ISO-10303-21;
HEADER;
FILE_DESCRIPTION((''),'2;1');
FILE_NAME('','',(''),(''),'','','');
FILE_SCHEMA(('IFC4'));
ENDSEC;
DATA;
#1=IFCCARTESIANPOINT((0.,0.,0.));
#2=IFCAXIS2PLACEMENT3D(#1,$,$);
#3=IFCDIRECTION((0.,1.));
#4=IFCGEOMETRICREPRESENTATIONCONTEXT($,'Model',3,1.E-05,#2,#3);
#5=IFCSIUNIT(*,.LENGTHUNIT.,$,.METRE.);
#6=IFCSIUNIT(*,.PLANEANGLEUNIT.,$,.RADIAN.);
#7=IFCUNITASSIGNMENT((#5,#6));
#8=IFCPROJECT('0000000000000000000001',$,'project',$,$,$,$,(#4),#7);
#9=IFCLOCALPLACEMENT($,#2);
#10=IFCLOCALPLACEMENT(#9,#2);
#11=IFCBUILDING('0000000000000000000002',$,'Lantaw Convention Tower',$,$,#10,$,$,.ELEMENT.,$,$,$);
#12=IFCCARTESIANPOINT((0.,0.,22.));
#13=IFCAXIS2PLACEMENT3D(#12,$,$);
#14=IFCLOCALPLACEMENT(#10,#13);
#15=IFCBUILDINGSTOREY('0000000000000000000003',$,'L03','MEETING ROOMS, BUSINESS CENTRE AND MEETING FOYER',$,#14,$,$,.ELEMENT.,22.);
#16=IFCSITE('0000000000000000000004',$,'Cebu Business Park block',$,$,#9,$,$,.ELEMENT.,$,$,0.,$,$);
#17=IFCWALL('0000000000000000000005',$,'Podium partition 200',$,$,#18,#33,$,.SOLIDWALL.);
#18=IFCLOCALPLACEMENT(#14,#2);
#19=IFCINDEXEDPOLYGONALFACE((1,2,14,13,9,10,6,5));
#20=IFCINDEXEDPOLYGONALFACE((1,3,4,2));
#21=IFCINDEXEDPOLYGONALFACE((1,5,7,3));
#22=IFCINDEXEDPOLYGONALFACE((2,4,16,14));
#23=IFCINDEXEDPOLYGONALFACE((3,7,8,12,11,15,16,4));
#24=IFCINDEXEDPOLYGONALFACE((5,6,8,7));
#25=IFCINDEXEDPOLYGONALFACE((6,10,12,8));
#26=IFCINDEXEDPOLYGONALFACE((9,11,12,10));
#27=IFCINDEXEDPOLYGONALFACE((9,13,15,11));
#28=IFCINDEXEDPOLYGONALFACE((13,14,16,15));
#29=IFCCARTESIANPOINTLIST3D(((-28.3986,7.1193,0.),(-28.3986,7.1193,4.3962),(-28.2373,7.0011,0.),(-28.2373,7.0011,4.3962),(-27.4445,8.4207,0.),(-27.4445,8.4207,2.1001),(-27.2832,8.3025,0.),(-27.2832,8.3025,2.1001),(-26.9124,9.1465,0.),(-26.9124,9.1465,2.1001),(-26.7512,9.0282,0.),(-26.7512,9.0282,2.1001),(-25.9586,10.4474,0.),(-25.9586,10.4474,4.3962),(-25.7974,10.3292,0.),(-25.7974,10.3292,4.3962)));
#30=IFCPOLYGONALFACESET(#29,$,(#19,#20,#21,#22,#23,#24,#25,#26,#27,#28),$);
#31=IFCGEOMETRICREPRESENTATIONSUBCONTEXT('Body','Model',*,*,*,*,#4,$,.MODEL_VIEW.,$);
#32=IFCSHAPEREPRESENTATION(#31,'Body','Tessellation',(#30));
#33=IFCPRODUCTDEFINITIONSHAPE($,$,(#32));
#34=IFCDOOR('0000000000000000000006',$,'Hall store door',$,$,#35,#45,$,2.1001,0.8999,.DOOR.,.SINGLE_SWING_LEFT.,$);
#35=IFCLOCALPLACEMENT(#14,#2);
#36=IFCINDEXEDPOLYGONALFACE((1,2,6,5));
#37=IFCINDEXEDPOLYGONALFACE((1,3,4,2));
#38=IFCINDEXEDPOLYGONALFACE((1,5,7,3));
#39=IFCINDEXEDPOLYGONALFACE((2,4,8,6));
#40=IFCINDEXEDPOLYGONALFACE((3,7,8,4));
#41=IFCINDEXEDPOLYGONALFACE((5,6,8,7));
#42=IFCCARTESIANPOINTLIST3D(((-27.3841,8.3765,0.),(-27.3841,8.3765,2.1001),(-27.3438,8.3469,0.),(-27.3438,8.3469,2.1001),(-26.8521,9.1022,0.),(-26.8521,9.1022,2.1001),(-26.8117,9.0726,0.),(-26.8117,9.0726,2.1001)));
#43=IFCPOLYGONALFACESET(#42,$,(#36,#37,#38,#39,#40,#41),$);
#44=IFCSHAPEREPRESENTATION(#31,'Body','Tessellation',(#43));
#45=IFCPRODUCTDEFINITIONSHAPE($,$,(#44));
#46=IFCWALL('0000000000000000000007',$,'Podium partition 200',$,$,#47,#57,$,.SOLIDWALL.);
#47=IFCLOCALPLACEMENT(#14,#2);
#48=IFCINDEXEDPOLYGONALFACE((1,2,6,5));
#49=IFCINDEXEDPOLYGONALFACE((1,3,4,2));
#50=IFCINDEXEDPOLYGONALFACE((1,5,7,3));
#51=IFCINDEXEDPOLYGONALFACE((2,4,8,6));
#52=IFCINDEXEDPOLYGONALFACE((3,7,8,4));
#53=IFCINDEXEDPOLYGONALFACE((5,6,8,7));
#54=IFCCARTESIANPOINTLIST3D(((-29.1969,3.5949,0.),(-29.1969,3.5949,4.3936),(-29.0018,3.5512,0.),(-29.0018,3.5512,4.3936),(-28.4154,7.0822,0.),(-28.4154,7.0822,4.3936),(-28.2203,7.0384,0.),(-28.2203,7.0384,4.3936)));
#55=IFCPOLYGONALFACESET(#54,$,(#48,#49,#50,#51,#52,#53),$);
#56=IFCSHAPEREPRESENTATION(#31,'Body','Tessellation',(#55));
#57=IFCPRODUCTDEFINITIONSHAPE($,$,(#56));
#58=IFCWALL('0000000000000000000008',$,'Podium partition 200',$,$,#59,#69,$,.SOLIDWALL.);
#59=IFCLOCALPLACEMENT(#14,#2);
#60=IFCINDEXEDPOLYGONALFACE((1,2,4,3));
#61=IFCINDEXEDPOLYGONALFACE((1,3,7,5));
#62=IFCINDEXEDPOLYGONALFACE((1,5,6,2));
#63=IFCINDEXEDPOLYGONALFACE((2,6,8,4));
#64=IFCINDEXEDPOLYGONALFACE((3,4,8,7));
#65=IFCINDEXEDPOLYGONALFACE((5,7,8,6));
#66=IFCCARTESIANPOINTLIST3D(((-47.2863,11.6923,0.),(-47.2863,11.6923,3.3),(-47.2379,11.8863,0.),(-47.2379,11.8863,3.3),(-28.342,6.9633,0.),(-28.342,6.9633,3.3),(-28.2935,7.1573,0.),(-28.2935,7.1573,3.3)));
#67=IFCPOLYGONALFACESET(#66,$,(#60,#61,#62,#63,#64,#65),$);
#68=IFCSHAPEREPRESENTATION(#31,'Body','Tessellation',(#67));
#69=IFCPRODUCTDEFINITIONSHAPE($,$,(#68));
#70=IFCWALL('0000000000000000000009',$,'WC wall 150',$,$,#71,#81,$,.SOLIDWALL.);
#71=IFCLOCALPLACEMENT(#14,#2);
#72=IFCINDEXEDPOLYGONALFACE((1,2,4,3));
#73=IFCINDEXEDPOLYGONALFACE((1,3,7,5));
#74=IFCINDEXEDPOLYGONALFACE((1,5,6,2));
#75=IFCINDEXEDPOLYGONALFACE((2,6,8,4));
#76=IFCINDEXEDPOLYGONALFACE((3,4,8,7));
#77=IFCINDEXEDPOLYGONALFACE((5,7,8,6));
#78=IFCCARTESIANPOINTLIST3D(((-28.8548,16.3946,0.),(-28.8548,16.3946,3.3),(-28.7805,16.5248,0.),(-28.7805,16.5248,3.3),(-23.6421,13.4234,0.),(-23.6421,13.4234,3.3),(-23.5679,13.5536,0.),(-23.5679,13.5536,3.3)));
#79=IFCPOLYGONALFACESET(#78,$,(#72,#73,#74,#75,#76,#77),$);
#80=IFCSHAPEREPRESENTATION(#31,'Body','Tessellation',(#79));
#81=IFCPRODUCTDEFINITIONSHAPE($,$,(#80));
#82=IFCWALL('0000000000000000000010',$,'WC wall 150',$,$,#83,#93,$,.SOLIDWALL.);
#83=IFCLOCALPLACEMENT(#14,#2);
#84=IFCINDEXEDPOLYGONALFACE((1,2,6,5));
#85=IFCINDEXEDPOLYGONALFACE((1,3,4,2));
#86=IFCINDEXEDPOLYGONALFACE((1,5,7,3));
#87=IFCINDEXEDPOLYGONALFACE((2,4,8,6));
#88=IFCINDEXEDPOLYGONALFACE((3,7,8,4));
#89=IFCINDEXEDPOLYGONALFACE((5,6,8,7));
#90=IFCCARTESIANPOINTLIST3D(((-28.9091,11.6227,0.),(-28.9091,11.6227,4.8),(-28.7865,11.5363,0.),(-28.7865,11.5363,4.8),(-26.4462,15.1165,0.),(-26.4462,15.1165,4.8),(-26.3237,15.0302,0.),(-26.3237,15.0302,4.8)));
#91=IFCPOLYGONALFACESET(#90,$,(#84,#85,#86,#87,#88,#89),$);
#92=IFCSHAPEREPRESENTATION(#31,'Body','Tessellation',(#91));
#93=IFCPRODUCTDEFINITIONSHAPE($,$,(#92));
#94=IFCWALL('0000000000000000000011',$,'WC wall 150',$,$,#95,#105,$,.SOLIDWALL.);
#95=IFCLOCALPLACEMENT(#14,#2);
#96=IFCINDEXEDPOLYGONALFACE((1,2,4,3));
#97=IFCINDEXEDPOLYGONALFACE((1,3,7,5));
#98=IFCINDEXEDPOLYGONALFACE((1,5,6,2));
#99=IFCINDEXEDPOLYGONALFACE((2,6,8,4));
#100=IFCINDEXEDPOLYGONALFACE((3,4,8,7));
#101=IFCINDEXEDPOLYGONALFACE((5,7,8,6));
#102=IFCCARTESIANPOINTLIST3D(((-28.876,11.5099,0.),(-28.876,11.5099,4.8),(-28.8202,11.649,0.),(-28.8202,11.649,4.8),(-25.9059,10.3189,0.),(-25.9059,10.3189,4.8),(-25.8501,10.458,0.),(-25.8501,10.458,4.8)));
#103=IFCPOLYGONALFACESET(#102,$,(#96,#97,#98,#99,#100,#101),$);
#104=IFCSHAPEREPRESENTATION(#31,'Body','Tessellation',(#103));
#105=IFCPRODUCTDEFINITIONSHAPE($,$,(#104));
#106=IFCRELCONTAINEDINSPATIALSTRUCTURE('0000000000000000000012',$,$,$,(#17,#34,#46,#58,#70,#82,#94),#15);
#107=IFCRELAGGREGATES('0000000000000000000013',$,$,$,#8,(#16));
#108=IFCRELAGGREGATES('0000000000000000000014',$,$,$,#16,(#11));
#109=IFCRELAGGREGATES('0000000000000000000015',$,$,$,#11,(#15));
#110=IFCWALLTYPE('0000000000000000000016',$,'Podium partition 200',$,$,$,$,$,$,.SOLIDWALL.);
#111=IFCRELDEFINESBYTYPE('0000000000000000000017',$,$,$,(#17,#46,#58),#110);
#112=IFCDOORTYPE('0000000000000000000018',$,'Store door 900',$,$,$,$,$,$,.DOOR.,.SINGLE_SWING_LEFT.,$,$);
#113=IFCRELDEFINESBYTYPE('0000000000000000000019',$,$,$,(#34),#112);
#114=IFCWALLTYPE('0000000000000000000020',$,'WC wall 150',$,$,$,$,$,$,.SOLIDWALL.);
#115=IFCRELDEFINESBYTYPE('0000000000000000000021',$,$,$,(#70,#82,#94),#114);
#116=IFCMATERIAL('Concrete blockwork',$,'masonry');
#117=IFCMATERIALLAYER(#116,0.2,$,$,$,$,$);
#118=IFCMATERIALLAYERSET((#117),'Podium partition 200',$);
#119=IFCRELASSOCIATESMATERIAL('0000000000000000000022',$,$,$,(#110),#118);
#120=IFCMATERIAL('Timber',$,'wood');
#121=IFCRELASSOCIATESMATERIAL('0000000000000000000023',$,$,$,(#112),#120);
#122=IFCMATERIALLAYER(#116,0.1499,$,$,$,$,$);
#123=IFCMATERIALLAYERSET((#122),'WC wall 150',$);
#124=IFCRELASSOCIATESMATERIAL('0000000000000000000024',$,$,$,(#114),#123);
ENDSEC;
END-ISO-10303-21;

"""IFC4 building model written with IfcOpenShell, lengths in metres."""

from ifc_helpers import new_model, si_unit, direction, frame, frame_2d, origin, place, context, subcontext, project, spatial, rectangle, extrude, material, layer, layer_set, type_object, element, fill, save


model = new_model("IFC4")

# Units and contexts
model_context = context("Model", 3, precision=1e-05, world=origin(), true_north=direction((0.0, 1.0)))
body_context = subcontext(model_context, "Body", "Model", "MODEL_VIEW")
ifc_project = project(units=[si_unit("LENGTHUNIT", "METRE"), si_unit("PLANEANGLEUNIT", "RADIAN")], contexts=[model_context])

# Site, building, storey
site_placement = place(None, origin())
site = spatial("IfcSite", under=ifc_project, at=site_placement, Name="Cebu Business Park block", CompositionType="ELEMENT", RefElevation=0.0)
building_placement = place(site_placement, origin())
building = spatial("IfcBuilding", under=site, at=building_placement, Name="Lantaw Convention Tower", CompositionType="ELEMENT")
storey_placement = place(building_placement, frame((0.0, 0.0, 22.0)))
storey = spatial("IfcBuildingStorey", under=building, at=storey_placement, Name="L03", Description="MEETING ROOMS, BUSINESS CENTRE AND MEETING FOYER", CompositionType="ELEMENT", Elevation=22.0)

# Wall, opening, door
ifc_material_1 = material(Name="Concrete blockwork", Category="masonry")
ifc_layer_1 = layer(ifc_material_1, 0.2)
ifc_layer_set_1 = layer_set([ifc_layer_1], Name="Podium partition 200")
wall_type_1 = type_object("IfcWallType", Name="Podium partition 200", PredefinedType="SOLIDWALL", material=ifc_layer_set_1)
ifc_material_2 = material(Name="Timber", Category="wood")
wall_1_placement = place(storey_placement, frame((-25.8779, 10.3884, 0.0), z_axis=(0.0, 0.0, 1.0), x_axis=(-0.591256, -0.806484, 0.0)))
wall_1 = element("IfcWall", 1, at=wall_1_placement, inside=storey, type_object=wall_type_1, Name="Podium partition 200", PredefinedType="SOLIDWALL", context=body_context, shape_type="SweptSolid", body=[
    extrude(rectangle(XDim=4.1267, YDim=0.2, at=frame_2d((2.0635, 0.0))), origin(), (0.0, 0.0, 1.0), 4.3962),
])
opening_1_placement = place(wall_1_placement, frame((1.6133, 0.0, 0.0)))
opening_1 = element("IfcOpeningElement", 2, at=opening_1_placement, cuts=wall_1, PredefinedType="OPENING", context=body_context, shape_type="SweptSolid", body=[
    extrude(rectangle(XDim=0.8999, YDim=2.1001, at=frame_2d((0.45, 1.05))), frame((0.0, 0.1099, 0.0), z_axis=(0.0, -1.0, 0.0), x_axis=(1.0, 0.0, 0.0)), (0.0, 0.0, 1.0), 0.22),
])
door_type_1 = type_object("IfcDoorType", Name="Store door 900", OperationType="SINGLE_SWING_LEFT", PredefinedType="DOOR", material=ifc_material_2)
door_1_placement = place(opening_1_placement, origin())
door_1 = element("IfcDoor", 3, at=door_1_placement, inside=storey, type_object=door_type_1, Name="Hall store door", OperationType="SINGLE_SWING_LEFT", OverallHeight=2.1001, OverallWidth=0.8999, PredefinedType="DOOR", context=body_context, shape_type="SweptSolid", body=[
    extrude(rectangle(XDim=0.8999, YDim=2.1001, at=frame_2d((0.45, 1.05))), frame((0.0, 0.0249, 0.0), z_axis=(0.0, -1.0, 0.0), x_axis=(1.0, 0.0, 0.0)), (0.0, 0.0, 1.0), 0.05),
])
fill(opening_1, door_1)

# Walls
wall_2_placement = place(storey_placement, frame((-28.3179, 7.0603, 0.0), z_axis=(0.0, 0.0, 1.0), x_axis=(-0.218673, -0.975798, 0.0)))
element("IfcWall", 4, at=wall_2_placement, inside=storey, type_object=wall_type_1, Name="Podium partition 200", PredefinedType="SOLIDWALL", context=body_context, shape_type="SweptSolid", body=[
    extrude(rectangle(XDim=3.5737, YDim=0.2, at=frame_2d((1.7869, 0.0))), origin(), (0.0, 0.0, 1.0), 4.3936),
])
wall_3_placement = place(storey_placement, frame((-28.3179, 7.0603, 0.0), z_axis=(0.0, 0.0, 1.0), x_axis=(-0.970228, 0.242194, 0.0)))
element("IfcWall", 5, at=wall_3_placement, inside=storey, type_object=wall_type_1, Name="Podium partition 200", PredefinedType="SOLIDWALL", context=body_context, shape_type="SweptSolid", body=[
    extrude(rectangle(XDim=19.5256, YDim=0.2, at=frame_2d((9.7627, 0.0))), origin(), (0.0, 0.0, 1.0), 3.3),
])
ifc_layer_2 = layer(ifc_material_1, 0.1499)
ifc_layer_set_2 = layer_set([ifc_layer_2], Name="WC wall 150")
wall_type_2 = type_object("IfcWallType", Name="WC wall 150", PredefinedType="SOLIDWALL", material=ifc_layer_set_2)
wall_4_placement = place(storey_placement, frame((-23.605, 13.4885, 0.0), z_axis=(0.0, 0.0, 1.0), x_axis=(-0.868778, 0.495201, 0.0)))
element("IfcWall", 6, at=wall_4_placement, inside=storey, type_object=wall_type_2, Name="WC wall 150", PredefinedType="SOLIDWALL", context=body_context, shape_type="SweptSolid", body=[
    extrude(rectangle(XDim=6.0, YDim=0.1499, at=frame_2d((3.0, 0.0))), origin(), (0.0, 0.0, 1.0), 3.3),
])
wall_5_placement = place(storey_placement, frame((-26.385, 15.0732, 0.0), z_axis=(0.0, 0.0, 1.0), x_axis=(-0.576154, -0.817341, 0.0)))
element("IfcWall", 7, at=wall_5_placement, inside=storey, type_object=wall_type_2, Name="WC wall 150", PredefinedType="SOLIDWALL", context=body_context, shape_type="SweptSolid", body=[
    extrude(rectangle(XDim=4.2747, YDim=0.1499, at=frame_2d((2.1372, 0.0))), origin(), (0.0, 0.0, 1.0), 4.8),
])
wall_6_placement = place(storey_placement, frame((-25.8779, 10.3884, 0.0), z_axis=(0.0, 0.0, 1.0), x_axis=(-0.928161, 0.37218, 0.0)))
element("IfcWall", 8, at=wall_6_placement, inside=storey, type_object=wall_type_2, Name="WC wall 150", PredefinedType="SOLIDWALL", context=body_context, shape_type="SweptSolid", body=[
    extrude(rectangle(XDim=3.2, YDim=0.1499, at=frame_2d((1.6001, 0.0))), origin(), (0.0, 0.0, 1.0), 4.8),
])

save(model, "model.ifc")
